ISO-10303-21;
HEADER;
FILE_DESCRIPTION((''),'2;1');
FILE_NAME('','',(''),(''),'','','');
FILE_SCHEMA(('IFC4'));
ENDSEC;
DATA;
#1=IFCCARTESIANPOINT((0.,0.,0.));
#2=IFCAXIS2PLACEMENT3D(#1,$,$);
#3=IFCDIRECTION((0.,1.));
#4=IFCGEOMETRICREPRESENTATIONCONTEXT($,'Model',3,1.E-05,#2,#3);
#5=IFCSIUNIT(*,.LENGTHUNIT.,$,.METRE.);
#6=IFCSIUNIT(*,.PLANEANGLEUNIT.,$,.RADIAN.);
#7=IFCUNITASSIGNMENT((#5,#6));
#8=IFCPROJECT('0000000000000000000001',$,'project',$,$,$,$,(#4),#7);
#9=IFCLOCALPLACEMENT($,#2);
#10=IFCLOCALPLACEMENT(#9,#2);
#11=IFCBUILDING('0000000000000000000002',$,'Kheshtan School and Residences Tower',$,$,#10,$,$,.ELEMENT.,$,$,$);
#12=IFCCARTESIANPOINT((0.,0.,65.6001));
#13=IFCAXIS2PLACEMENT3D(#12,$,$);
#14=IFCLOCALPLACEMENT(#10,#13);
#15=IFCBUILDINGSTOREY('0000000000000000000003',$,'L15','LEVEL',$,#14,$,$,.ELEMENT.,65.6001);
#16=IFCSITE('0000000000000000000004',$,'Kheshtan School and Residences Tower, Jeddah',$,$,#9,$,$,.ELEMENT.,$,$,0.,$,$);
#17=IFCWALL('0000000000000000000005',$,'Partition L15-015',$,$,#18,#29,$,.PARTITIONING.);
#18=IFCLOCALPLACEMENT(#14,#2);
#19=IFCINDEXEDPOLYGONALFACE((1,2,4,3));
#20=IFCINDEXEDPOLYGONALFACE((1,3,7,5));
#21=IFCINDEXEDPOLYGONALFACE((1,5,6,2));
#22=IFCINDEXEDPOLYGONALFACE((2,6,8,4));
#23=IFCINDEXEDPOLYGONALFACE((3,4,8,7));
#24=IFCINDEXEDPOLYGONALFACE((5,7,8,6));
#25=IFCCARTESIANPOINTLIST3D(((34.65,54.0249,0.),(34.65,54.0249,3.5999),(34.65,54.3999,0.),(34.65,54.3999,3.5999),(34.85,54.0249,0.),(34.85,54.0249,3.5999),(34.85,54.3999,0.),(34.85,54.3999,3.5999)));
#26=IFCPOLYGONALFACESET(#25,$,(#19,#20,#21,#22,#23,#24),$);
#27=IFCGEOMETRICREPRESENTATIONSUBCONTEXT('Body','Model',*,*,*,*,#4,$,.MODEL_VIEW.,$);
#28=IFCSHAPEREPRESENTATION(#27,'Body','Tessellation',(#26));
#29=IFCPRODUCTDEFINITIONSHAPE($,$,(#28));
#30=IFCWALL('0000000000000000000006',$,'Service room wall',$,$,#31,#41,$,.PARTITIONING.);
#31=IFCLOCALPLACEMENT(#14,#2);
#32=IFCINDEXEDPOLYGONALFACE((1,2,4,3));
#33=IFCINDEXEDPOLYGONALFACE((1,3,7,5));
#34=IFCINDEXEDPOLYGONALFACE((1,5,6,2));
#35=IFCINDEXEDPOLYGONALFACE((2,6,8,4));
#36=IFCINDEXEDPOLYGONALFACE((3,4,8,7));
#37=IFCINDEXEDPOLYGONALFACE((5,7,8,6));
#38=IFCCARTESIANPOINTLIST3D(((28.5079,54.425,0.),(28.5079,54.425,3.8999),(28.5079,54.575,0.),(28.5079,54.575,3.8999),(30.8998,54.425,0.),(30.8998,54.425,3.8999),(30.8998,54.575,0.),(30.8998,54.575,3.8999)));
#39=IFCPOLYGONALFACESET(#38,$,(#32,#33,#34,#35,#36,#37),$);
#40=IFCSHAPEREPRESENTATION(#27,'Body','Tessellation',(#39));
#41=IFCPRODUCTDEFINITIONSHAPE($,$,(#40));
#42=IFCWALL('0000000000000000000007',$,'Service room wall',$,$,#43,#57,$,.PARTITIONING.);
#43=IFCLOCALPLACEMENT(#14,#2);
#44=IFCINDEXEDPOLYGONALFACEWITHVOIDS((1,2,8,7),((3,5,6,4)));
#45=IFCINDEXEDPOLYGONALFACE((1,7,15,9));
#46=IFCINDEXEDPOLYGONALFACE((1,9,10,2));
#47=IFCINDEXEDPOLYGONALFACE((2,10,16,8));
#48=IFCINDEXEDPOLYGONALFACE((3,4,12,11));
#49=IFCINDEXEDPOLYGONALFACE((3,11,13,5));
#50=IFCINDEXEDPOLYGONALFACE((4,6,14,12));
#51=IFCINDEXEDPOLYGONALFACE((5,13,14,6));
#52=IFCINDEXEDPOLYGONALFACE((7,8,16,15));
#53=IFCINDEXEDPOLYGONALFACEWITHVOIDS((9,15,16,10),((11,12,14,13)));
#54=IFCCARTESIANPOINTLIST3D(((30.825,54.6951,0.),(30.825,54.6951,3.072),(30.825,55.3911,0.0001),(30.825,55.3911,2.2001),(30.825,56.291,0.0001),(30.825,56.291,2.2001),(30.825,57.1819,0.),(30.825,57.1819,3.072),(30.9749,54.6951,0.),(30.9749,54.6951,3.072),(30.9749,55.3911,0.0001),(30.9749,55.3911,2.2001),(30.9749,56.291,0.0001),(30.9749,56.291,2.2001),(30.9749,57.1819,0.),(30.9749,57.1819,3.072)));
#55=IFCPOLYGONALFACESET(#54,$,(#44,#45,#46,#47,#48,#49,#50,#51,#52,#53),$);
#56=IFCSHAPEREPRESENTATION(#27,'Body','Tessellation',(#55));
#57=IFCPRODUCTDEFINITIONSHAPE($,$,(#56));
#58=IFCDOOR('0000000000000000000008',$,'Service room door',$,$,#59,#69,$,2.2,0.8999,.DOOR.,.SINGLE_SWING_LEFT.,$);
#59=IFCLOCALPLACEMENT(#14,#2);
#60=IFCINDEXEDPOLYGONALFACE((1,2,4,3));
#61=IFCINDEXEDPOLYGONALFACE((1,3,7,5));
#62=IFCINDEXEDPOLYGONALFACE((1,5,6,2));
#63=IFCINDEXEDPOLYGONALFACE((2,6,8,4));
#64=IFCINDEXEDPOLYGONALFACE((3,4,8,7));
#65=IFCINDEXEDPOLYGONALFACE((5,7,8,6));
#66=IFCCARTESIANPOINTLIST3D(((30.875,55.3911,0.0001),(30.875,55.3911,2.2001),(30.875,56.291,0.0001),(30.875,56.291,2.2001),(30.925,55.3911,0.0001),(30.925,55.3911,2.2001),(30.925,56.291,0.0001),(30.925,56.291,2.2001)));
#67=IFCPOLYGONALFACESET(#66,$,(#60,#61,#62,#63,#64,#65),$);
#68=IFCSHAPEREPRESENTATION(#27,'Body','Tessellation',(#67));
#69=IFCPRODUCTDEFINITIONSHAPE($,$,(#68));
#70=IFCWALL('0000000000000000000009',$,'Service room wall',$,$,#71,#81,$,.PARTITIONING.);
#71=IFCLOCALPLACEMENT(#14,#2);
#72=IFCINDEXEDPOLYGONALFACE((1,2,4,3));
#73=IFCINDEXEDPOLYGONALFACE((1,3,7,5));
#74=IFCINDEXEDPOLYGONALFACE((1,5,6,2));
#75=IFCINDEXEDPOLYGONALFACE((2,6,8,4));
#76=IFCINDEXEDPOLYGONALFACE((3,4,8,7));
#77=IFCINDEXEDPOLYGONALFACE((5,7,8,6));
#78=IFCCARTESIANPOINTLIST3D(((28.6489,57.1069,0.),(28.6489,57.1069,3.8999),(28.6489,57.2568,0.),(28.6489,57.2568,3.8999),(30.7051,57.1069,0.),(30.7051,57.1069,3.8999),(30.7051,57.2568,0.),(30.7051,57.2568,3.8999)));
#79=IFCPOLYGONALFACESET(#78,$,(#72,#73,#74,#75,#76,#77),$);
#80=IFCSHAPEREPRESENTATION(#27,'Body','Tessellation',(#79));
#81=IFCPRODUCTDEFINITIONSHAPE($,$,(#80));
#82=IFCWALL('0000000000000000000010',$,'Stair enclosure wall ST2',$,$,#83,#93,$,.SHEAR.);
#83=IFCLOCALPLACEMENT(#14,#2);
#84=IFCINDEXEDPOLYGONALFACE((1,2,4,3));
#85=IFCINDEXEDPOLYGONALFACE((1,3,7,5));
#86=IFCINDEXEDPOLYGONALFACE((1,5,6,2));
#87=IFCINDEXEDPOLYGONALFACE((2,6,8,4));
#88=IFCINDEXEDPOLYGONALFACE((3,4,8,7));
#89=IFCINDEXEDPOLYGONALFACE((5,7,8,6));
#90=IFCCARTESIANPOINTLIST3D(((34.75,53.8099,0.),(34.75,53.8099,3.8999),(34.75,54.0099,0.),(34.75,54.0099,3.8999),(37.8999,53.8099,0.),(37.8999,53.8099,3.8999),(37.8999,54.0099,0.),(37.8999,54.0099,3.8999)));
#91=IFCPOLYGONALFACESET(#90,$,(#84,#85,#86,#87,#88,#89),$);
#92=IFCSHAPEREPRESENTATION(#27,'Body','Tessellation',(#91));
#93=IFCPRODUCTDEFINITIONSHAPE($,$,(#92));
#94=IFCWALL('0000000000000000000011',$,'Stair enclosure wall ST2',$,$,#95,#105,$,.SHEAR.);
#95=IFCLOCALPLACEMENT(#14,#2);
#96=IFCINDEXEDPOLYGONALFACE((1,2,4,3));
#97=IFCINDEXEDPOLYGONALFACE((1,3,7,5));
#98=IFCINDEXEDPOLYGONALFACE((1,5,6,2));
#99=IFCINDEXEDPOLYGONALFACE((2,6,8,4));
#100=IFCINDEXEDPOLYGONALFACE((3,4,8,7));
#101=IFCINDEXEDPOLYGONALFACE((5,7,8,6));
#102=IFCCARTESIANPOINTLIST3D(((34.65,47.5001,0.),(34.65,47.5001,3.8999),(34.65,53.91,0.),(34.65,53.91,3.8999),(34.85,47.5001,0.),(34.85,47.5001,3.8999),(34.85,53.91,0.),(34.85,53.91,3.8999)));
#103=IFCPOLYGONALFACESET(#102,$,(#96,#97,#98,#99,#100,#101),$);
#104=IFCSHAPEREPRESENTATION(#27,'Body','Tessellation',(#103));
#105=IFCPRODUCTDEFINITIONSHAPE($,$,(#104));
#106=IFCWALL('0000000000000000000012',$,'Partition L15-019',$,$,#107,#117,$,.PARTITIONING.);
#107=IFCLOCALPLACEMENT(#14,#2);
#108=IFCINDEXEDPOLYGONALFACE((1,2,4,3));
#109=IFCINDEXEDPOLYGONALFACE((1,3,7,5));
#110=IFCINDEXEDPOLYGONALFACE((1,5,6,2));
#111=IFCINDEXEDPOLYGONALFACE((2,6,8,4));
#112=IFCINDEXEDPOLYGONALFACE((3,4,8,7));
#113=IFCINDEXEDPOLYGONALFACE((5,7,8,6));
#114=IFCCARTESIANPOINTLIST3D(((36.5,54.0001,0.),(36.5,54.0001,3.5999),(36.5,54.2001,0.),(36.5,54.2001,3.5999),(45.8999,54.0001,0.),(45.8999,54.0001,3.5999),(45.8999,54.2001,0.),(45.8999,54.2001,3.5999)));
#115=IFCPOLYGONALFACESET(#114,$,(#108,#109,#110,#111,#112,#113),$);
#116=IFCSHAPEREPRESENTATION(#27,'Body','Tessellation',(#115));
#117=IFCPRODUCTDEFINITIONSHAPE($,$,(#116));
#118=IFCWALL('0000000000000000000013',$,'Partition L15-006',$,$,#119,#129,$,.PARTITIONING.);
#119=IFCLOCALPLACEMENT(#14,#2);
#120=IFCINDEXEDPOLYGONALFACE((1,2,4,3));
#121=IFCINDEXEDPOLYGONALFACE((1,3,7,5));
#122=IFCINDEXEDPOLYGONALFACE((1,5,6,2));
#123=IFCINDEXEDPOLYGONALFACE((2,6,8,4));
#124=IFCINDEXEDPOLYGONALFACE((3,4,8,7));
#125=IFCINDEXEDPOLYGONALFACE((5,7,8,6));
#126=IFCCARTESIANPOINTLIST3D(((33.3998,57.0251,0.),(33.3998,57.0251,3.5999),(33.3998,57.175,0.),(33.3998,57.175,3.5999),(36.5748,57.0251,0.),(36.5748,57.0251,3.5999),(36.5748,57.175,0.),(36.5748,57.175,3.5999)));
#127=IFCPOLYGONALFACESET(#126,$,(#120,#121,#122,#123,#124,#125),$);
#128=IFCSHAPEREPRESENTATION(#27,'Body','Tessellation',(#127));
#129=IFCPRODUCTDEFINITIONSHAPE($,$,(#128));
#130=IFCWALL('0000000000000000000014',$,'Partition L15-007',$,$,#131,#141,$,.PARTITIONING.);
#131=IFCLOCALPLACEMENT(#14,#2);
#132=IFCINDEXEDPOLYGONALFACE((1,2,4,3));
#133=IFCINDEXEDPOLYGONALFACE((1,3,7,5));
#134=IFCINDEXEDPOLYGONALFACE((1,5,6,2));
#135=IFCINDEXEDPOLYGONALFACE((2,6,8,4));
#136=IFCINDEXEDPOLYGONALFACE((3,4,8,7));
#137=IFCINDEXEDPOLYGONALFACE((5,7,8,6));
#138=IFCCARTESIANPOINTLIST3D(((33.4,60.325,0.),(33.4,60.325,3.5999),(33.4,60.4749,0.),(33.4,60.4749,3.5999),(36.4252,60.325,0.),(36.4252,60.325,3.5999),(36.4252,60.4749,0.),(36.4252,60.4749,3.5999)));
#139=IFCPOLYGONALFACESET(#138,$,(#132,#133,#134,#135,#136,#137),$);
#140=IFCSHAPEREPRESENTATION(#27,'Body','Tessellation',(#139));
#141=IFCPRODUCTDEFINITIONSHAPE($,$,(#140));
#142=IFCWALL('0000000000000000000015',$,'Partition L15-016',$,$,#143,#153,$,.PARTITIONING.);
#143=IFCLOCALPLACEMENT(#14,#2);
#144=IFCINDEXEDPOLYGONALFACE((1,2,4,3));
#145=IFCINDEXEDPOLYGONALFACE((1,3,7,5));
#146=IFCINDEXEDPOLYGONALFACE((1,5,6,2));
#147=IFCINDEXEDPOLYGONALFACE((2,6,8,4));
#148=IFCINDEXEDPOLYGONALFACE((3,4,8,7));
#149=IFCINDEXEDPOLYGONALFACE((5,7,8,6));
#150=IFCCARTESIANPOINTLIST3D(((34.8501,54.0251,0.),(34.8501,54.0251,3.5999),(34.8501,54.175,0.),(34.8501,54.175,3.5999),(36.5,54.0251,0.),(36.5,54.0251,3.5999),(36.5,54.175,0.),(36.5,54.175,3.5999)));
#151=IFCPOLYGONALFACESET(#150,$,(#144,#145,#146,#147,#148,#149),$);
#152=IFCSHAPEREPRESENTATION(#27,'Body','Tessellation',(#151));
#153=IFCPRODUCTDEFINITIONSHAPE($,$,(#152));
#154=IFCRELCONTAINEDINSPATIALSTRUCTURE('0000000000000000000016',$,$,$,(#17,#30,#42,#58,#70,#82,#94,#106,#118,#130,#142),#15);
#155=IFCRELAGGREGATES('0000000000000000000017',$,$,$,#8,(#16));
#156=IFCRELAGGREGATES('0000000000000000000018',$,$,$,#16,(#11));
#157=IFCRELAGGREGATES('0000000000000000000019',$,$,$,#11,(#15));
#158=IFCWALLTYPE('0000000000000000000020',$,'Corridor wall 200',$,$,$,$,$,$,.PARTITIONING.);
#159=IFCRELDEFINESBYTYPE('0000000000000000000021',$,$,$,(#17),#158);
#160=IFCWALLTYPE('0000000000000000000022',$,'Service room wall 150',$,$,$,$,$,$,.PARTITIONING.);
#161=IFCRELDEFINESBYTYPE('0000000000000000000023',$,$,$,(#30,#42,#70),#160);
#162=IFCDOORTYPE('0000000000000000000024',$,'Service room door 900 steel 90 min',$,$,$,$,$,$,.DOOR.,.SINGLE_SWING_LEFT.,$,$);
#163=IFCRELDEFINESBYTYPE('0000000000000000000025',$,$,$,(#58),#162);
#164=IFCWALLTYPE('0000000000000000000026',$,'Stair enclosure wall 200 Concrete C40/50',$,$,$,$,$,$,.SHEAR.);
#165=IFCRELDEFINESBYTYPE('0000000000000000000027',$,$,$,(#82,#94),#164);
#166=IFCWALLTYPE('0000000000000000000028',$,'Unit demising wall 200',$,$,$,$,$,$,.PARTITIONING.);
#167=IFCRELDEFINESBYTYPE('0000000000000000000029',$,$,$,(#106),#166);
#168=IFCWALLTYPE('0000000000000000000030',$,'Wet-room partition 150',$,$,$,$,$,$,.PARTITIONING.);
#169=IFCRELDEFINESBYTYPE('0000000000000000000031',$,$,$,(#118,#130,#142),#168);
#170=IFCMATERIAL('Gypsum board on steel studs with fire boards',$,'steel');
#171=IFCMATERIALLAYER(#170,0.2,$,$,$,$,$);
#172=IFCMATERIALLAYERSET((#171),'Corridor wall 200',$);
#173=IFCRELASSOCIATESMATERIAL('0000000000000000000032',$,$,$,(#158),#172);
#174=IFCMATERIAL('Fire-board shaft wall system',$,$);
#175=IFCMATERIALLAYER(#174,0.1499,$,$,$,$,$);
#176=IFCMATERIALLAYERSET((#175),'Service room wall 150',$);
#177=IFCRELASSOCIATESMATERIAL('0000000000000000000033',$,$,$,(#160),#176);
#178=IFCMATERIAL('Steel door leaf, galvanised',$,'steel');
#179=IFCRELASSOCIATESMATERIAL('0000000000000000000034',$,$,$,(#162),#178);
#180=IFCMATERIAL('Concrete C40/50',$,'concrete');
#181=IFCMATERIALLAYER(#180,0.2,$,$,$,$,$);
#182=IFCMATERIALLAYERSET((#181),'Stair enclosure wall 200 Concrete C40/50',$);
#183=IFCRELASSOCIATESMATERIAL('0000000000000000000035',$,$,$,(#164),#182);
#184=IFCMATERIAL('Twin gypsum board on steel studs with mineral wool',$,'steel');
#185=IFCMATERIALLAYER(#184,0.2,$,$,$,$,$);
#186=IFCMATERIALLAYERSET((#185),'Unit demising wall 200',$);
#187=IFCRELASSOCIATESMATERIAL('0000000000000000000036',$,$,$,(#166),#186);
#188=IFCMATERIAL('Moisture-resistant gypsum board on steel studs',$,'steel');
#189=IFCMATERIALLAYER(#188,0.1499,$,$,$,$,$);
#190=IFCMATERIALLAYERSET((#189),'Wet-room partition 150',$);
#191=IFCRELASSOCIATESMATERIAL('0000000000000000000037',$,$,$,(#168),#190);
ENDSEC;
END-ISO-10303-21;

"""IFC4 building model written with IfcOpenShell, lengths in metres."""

from ifc_helpers import new_model, si_unit, direction, frame, frame_2d, origin, place, context, subcontext, project, spatial, rectangle, extrude, source, transform, mapped, material, layer, layer_set, type_object, element, fill, save


model = new_model("IFC4")

# Units and contexts
model_context = context("Model", 3, precision=1e-05, world=origin(), true_north=direction((0.0, 1.0)))
body_context = subcontext(model_context, "Body", "Model", "MODEL_VIEW")
ifc_project = project(units=[si_unit("LENGTHUNIT", "METRE"), si_unit("PLANEANGLEUNIT", "RADIAN")], contexts=[model_context])

# Site, building, storey
site_placement = place(None, origin())
site = spatial("IfcSite", under=ifc_project, at=site_placement, Name="Kheshtan School and Residences Tower, Jeddah", CompositionType="ELEMENT", RefElevation=0.0)
building_placement = place(site_placement, origin())
building = spatial("IfcBuilding", under=site, at=building_placement, Name="Kheshtan School and Residences Tower", CompositionType="ELEMENT")
storey_placement = place(building_placement, frame((0.0, 0.0, 65.6001)))
storey = spatial("IfcBuildingStorey", under=building, at=storey_placement, Name="L15", Description="LEVEL", CompositionType="ELEMENT", Elevation=65.6001)

# Shared definitions
ifc_material_1 = material(Name="Gypsum board on steel studs with fire boards", Category="steel")
ifc_layer_1 = layer(ifc_material_1, 0.2)
ifc_layer_set_1 = layer_set([ifc_layer_1], Name="Corridor wall 200")
wall_type_1 = type_object("IfcWallType", Name="Corridor wall 200", PredefinedType="PARTITIONING", material=ifc_layer_set_1)

# Walls
wall_1_placement = place(storey_placement, frame((34.75, 54.0249, 0.0), z_axis=(0.0, 0.0, 1.0), x_axis=(0.0, 1.0, 0.0)))
element("IfcWall", 1, at=wall_1_placement, inside=storey, type_object=wall_type_1, Name="Partition L15-015", PredefinedType="PARTITIONING", context=body_context, shape_type="SweptSolid", body=[
    extrude(rectangle(XDim=0.375, YDim=0.2, at=frame_2d((0.1875, 0.0))), origin(), (0.0, 0.0, 1.0), 3.5999),
])
ifc_material_2 = material(Name="Fire-board shaft wall system")
ifc_layer_2 = layer(ifc_material_2, 0.1499)
ifc_layer_set_2 = layer_set([ifc_layer_2], Name="Service room wall 150")
wall_type_2 = type_object("IfcWallType", Name="Service room wall 150", PredefinedType="PARTITIONING", material=ifc_layer_set_2)
wall_2_placement = place(storey_placement, frame((28.5081, 54.5, 0.0), z_axis=(0.0, 0.0, 1.0), x_axis=(1.0, 0.0, 0.0)))
element("IfcWall", 2, at=wall_2_placement, inside=storey, type_object=wall_type_2, Name="Service room wall", PredefinedType="PARTITIONING", context=body_context, shape_type="SweptSolid", body=[
    extrude(rectangle(XDim=2.3918, YDim=0.1499, at=frame_2d((1.1958, 0.0))), origin(), (0.0, 0.0, 1.0), 3.8999),
])

# Wall, opening, door
wall_3_placement = place(storey_placement, frame((30.8999, 54.6951, 0.0), z_axis=(0.0, 0.0, 1.0), x_axis=(0.0, 1.0, 0.0)))
wall_3 = element("IfcWall", 3, at=wall_3_placement, inside=storey, type_object=wall_type_2, Name="Service room wall", PredefinedType="PARTITIONING", context=body_context, shape_type="SweptSolid", body=[
    extrude(rectangle(XDim=2.4868, YDim=0.1499, at=frame_2d((1.2434, 0.0))), origin(), (0.0, 0.0, 1.0), 3.072),
])
opening_1_placement = place(wall_3_placement, frame((0.696, 0.0, 0.0)))
opening_1 = element("IfcOpeningElement", 4, at=opening_1_placement, cuts=wall_3, PredefinedType="OPENING", context=body_context, shape_type="SweptSolid", body=[
    extrude(rectangle(XDim=0.8999, YDim=2.2, at=frame_2d((0.45, 1.1001))), frame((0.0, 0.085, 0.0), z_axis=(0.0, -1.0, 0.0), x_axis=(1.0, 0.0, 0.0)), (0.0, 0.0, 1.0), 0.1699),
])
ifc_material_3 = material(Name="Steel door leaf, galvanised", Category="steel")
door_type_1 = type_object("IfcDoorType", Name="Service room door 900 steel 90 min", OperationType="SINGLE_SWING_LEFT", PredefinedType="DOOR", material=ifc_material_3)
shared_shape_1 = source(origin(), body_context, "Body", "SweptSolid", [
    extrude(rectangle(XDim=0.8999, YDim=2.2, at=frame_2d((0.45, 1.1001))), frame((0.0, 0.0249, 0.0), z_axis=(0.0, -1.0, 0.0), x_axis=(1.0, 0.0, 0.0)), (0.0, 0.0, 1.0), 0.05),
])
door_1_placement = place(opening_1_placement, origin())
door_1 = element("IfcDoor", 5, at=door_1_placement, inside=storey, type_object=door_type_1, Name="Service room door", OperationType="SINGLE_SWING_LEFT", OverallHeight=2.2, OverallWidth=0.8999, PredefinedType="DOOR", context=body_context, shape_type="MappedRepresentation", body=[
    mapped(shared_shape_1, transform((0.0, 0.0, 0.0), x_axis=(1.0, 0.0, 0.0), y_axis=(0.0, 1.0, 0.0), z_axis=(0.0, 0.0, 1.0), scale=1.0)),
])
fill(opening_1, door_1)

# Walls
wall_4_placement = place(storey_placement, frame((28.6489, 57.1819, 0.0), z_axis=(0.0, 0.0, 1.0), x_axis=(1.0, 0.0, 0.0)))
element("IfcWall", 6, at=wall_4_placement, inside=storey, type_object=wall_type_2, Name="Service room wall", PredefinedType="PARTITIONING", context=body_context, shape_type="SweptSolid", body=[
    extrude(rectangle(XDim=2.0562, YDim=0.1499, at=frame_2d((1.0281, 0.0))), origin(), (0.0, 0.0, 1.0), 3.8999),
])
ifc_material_4 = material(Name="Concrete C40/50", Category="concrete")
ifc_layer_3 = layer(ifc_material_4, 0.2)
ifc_layer_set_3 = layer_set([ifc_layer_3], Name="Stair enclosure wall 200 Concrete C40/50")
wall_type_3 = type_object("IfcWallType", Name="Stair enclosure wall 200 Concrete C40/50", PredefinedType="SHEAR", material=ifc_layer_set_3)
wall_5_placement = place(storey_placement, frame((34.75, 53.9099, 0.0), z_axis=(0.0, 0.0, 1.0), x_axis=(1.0, 0.0, 0.0)))
element("IfcWall", 7, at=wall_5_placement, inside=storey, type_object=wall_type_3, Name="Stair enclosure wall ST2", PredefinedType="SHEAR", context=body_context, shape_type="SweptSolid", body=[
    extrude(rectangle(XDim=3.1499, YDim=0.2, at=frame_2d((1.575, 0.0))), origin(), (0.0, 0.0, 1.0), 3.8999),
])
wall_6_placement = place(storey_placement, frame((34.75, 47.5, 0.0), z_axis=(0.0, 0.0, 1.0), x_axis=(0.0, 1.0, 0.0)))
element("IfcWall", 8, at=wall_6_placement, inside=storey, type_object=wall_type_3, Name="Stair enclosure wall ST2", PredefinedType="SHEAR", context=body_context, shape_type="SweptSolid", body=[
    extrude(rectangle(XDim=6.4099, YDim=0.2, at=frame_2d((3.2051, 0.0))), origin(), (0.0, 0.0, 1.0), 3.8999),
])
ifc_material_5 = material(Name="Twin gypsum board on steel studs with mineral wool", Category="steel")
ifc_layer_4 = layer(ifc_material_5, 0.2)
ifc_layer_set_4 = layer_set([ifc_layer_4], Name="Unit demising wall 200")
wall_type_4 = type_object("IfcWallType", Name="Unit demising wall 200", PredefinedType="PARTITIONING", material=ifc_layer_set_4)
wall_7_placement = place(storey_placement, frame((36.5, 54.1001, 0.0), z_axis=(0.0, 0.0, 1.0), x_axis=(1.0, 0.0, 0.0)))
element("IfcWall", 9, at=wall_7_placement, inside=storey, type_object=wall_type_4, Name="Partition L15-019", PredefinedType="PARTITIONING", context=body_context, shape_type="SweptSolid", body=[
    extrude(rectangle(XDim=9.3999, YDim=0.2, at=frame_2d((4.7, 0.0))), origin(), (0.0, 0.0, 1.0), 3.5999),
])
ifc_material_6 = material(Name="Moisture-resistant gypsum board on steel studs", Category="steel")
ifc_layer_5 = layer(ifc_material_6, 0.1499)
ifc_layer_set_5 = layer_set([ifc_layer_5], Name="Wet-room partition 150")
wall_type_5 = type_object("IfcWallType", Name="Wet-room partition 150", PredefinedType="PARTITIONING", material=ifc_layer_set_5)
wall_8_placement = place(storey_placement, frame((33.3999, 57.1001, 0.0), z_axis=(0.0, 0.0, 1.0), x_axis=(1.0, 0.0, 0.0)))
element("IfcWall", 10, at=wall_8_placement, inside=storey, type_object=wall_type_5, Name="Partition L15-006", PredefinedType="PARTITIONING", context=body_context, shape_type="SweptSolid", body=[
    extrude(rectangle(XDim=3.175, YDim=0.1499, at=frame_2d((1.5874, 0.0))), origin(), (0.0, 0.0, 1.0), 3.5999),
])
wall_9_placement = place(storey_placement, frame((33.3999, 60.3999, 0.0), z_axis=(0.0, 0.0, 1.0), x_axis=(1.0, 0.0, 0.0)))
element("IfcWall", 11, at=wall_9_placement, inside=storey, type_object=wall_type_5, Name="Partition L15-007", PredefinedType="PARTITIONING", context=body_context, shape_type="SweptSolid", body=[
    extrude(rectangle(XDim=3.0251, YDim=0.1499, at=frame_2d((1.5127, 0.0))), origin(), (0.0, 0.0, 1.0), 3.5999),
])
wall_10_placement = place(storey_placement, frame((34.8501, 54.1001, 0.0), z_axis=(0.0, 0.0, 1.0), x_axis=(1.0, 0.0, 0.0)))
element("IfcWall", 12, at=wall_10_placement, inside=storey, type_object=wall_type_5, Name="Partition L15-016", PredefinedType="PARTITIONING", context=body_context, shape_type="SweptSolid", body=[
    extrude(rectangle(XDim=1.6499, YDim=0.1499, at=frame_2d((0.825, 0.0))), origin(), (0.0, 0.0, 1.0), 3.5999),
])

save(model, "model.ifc")
